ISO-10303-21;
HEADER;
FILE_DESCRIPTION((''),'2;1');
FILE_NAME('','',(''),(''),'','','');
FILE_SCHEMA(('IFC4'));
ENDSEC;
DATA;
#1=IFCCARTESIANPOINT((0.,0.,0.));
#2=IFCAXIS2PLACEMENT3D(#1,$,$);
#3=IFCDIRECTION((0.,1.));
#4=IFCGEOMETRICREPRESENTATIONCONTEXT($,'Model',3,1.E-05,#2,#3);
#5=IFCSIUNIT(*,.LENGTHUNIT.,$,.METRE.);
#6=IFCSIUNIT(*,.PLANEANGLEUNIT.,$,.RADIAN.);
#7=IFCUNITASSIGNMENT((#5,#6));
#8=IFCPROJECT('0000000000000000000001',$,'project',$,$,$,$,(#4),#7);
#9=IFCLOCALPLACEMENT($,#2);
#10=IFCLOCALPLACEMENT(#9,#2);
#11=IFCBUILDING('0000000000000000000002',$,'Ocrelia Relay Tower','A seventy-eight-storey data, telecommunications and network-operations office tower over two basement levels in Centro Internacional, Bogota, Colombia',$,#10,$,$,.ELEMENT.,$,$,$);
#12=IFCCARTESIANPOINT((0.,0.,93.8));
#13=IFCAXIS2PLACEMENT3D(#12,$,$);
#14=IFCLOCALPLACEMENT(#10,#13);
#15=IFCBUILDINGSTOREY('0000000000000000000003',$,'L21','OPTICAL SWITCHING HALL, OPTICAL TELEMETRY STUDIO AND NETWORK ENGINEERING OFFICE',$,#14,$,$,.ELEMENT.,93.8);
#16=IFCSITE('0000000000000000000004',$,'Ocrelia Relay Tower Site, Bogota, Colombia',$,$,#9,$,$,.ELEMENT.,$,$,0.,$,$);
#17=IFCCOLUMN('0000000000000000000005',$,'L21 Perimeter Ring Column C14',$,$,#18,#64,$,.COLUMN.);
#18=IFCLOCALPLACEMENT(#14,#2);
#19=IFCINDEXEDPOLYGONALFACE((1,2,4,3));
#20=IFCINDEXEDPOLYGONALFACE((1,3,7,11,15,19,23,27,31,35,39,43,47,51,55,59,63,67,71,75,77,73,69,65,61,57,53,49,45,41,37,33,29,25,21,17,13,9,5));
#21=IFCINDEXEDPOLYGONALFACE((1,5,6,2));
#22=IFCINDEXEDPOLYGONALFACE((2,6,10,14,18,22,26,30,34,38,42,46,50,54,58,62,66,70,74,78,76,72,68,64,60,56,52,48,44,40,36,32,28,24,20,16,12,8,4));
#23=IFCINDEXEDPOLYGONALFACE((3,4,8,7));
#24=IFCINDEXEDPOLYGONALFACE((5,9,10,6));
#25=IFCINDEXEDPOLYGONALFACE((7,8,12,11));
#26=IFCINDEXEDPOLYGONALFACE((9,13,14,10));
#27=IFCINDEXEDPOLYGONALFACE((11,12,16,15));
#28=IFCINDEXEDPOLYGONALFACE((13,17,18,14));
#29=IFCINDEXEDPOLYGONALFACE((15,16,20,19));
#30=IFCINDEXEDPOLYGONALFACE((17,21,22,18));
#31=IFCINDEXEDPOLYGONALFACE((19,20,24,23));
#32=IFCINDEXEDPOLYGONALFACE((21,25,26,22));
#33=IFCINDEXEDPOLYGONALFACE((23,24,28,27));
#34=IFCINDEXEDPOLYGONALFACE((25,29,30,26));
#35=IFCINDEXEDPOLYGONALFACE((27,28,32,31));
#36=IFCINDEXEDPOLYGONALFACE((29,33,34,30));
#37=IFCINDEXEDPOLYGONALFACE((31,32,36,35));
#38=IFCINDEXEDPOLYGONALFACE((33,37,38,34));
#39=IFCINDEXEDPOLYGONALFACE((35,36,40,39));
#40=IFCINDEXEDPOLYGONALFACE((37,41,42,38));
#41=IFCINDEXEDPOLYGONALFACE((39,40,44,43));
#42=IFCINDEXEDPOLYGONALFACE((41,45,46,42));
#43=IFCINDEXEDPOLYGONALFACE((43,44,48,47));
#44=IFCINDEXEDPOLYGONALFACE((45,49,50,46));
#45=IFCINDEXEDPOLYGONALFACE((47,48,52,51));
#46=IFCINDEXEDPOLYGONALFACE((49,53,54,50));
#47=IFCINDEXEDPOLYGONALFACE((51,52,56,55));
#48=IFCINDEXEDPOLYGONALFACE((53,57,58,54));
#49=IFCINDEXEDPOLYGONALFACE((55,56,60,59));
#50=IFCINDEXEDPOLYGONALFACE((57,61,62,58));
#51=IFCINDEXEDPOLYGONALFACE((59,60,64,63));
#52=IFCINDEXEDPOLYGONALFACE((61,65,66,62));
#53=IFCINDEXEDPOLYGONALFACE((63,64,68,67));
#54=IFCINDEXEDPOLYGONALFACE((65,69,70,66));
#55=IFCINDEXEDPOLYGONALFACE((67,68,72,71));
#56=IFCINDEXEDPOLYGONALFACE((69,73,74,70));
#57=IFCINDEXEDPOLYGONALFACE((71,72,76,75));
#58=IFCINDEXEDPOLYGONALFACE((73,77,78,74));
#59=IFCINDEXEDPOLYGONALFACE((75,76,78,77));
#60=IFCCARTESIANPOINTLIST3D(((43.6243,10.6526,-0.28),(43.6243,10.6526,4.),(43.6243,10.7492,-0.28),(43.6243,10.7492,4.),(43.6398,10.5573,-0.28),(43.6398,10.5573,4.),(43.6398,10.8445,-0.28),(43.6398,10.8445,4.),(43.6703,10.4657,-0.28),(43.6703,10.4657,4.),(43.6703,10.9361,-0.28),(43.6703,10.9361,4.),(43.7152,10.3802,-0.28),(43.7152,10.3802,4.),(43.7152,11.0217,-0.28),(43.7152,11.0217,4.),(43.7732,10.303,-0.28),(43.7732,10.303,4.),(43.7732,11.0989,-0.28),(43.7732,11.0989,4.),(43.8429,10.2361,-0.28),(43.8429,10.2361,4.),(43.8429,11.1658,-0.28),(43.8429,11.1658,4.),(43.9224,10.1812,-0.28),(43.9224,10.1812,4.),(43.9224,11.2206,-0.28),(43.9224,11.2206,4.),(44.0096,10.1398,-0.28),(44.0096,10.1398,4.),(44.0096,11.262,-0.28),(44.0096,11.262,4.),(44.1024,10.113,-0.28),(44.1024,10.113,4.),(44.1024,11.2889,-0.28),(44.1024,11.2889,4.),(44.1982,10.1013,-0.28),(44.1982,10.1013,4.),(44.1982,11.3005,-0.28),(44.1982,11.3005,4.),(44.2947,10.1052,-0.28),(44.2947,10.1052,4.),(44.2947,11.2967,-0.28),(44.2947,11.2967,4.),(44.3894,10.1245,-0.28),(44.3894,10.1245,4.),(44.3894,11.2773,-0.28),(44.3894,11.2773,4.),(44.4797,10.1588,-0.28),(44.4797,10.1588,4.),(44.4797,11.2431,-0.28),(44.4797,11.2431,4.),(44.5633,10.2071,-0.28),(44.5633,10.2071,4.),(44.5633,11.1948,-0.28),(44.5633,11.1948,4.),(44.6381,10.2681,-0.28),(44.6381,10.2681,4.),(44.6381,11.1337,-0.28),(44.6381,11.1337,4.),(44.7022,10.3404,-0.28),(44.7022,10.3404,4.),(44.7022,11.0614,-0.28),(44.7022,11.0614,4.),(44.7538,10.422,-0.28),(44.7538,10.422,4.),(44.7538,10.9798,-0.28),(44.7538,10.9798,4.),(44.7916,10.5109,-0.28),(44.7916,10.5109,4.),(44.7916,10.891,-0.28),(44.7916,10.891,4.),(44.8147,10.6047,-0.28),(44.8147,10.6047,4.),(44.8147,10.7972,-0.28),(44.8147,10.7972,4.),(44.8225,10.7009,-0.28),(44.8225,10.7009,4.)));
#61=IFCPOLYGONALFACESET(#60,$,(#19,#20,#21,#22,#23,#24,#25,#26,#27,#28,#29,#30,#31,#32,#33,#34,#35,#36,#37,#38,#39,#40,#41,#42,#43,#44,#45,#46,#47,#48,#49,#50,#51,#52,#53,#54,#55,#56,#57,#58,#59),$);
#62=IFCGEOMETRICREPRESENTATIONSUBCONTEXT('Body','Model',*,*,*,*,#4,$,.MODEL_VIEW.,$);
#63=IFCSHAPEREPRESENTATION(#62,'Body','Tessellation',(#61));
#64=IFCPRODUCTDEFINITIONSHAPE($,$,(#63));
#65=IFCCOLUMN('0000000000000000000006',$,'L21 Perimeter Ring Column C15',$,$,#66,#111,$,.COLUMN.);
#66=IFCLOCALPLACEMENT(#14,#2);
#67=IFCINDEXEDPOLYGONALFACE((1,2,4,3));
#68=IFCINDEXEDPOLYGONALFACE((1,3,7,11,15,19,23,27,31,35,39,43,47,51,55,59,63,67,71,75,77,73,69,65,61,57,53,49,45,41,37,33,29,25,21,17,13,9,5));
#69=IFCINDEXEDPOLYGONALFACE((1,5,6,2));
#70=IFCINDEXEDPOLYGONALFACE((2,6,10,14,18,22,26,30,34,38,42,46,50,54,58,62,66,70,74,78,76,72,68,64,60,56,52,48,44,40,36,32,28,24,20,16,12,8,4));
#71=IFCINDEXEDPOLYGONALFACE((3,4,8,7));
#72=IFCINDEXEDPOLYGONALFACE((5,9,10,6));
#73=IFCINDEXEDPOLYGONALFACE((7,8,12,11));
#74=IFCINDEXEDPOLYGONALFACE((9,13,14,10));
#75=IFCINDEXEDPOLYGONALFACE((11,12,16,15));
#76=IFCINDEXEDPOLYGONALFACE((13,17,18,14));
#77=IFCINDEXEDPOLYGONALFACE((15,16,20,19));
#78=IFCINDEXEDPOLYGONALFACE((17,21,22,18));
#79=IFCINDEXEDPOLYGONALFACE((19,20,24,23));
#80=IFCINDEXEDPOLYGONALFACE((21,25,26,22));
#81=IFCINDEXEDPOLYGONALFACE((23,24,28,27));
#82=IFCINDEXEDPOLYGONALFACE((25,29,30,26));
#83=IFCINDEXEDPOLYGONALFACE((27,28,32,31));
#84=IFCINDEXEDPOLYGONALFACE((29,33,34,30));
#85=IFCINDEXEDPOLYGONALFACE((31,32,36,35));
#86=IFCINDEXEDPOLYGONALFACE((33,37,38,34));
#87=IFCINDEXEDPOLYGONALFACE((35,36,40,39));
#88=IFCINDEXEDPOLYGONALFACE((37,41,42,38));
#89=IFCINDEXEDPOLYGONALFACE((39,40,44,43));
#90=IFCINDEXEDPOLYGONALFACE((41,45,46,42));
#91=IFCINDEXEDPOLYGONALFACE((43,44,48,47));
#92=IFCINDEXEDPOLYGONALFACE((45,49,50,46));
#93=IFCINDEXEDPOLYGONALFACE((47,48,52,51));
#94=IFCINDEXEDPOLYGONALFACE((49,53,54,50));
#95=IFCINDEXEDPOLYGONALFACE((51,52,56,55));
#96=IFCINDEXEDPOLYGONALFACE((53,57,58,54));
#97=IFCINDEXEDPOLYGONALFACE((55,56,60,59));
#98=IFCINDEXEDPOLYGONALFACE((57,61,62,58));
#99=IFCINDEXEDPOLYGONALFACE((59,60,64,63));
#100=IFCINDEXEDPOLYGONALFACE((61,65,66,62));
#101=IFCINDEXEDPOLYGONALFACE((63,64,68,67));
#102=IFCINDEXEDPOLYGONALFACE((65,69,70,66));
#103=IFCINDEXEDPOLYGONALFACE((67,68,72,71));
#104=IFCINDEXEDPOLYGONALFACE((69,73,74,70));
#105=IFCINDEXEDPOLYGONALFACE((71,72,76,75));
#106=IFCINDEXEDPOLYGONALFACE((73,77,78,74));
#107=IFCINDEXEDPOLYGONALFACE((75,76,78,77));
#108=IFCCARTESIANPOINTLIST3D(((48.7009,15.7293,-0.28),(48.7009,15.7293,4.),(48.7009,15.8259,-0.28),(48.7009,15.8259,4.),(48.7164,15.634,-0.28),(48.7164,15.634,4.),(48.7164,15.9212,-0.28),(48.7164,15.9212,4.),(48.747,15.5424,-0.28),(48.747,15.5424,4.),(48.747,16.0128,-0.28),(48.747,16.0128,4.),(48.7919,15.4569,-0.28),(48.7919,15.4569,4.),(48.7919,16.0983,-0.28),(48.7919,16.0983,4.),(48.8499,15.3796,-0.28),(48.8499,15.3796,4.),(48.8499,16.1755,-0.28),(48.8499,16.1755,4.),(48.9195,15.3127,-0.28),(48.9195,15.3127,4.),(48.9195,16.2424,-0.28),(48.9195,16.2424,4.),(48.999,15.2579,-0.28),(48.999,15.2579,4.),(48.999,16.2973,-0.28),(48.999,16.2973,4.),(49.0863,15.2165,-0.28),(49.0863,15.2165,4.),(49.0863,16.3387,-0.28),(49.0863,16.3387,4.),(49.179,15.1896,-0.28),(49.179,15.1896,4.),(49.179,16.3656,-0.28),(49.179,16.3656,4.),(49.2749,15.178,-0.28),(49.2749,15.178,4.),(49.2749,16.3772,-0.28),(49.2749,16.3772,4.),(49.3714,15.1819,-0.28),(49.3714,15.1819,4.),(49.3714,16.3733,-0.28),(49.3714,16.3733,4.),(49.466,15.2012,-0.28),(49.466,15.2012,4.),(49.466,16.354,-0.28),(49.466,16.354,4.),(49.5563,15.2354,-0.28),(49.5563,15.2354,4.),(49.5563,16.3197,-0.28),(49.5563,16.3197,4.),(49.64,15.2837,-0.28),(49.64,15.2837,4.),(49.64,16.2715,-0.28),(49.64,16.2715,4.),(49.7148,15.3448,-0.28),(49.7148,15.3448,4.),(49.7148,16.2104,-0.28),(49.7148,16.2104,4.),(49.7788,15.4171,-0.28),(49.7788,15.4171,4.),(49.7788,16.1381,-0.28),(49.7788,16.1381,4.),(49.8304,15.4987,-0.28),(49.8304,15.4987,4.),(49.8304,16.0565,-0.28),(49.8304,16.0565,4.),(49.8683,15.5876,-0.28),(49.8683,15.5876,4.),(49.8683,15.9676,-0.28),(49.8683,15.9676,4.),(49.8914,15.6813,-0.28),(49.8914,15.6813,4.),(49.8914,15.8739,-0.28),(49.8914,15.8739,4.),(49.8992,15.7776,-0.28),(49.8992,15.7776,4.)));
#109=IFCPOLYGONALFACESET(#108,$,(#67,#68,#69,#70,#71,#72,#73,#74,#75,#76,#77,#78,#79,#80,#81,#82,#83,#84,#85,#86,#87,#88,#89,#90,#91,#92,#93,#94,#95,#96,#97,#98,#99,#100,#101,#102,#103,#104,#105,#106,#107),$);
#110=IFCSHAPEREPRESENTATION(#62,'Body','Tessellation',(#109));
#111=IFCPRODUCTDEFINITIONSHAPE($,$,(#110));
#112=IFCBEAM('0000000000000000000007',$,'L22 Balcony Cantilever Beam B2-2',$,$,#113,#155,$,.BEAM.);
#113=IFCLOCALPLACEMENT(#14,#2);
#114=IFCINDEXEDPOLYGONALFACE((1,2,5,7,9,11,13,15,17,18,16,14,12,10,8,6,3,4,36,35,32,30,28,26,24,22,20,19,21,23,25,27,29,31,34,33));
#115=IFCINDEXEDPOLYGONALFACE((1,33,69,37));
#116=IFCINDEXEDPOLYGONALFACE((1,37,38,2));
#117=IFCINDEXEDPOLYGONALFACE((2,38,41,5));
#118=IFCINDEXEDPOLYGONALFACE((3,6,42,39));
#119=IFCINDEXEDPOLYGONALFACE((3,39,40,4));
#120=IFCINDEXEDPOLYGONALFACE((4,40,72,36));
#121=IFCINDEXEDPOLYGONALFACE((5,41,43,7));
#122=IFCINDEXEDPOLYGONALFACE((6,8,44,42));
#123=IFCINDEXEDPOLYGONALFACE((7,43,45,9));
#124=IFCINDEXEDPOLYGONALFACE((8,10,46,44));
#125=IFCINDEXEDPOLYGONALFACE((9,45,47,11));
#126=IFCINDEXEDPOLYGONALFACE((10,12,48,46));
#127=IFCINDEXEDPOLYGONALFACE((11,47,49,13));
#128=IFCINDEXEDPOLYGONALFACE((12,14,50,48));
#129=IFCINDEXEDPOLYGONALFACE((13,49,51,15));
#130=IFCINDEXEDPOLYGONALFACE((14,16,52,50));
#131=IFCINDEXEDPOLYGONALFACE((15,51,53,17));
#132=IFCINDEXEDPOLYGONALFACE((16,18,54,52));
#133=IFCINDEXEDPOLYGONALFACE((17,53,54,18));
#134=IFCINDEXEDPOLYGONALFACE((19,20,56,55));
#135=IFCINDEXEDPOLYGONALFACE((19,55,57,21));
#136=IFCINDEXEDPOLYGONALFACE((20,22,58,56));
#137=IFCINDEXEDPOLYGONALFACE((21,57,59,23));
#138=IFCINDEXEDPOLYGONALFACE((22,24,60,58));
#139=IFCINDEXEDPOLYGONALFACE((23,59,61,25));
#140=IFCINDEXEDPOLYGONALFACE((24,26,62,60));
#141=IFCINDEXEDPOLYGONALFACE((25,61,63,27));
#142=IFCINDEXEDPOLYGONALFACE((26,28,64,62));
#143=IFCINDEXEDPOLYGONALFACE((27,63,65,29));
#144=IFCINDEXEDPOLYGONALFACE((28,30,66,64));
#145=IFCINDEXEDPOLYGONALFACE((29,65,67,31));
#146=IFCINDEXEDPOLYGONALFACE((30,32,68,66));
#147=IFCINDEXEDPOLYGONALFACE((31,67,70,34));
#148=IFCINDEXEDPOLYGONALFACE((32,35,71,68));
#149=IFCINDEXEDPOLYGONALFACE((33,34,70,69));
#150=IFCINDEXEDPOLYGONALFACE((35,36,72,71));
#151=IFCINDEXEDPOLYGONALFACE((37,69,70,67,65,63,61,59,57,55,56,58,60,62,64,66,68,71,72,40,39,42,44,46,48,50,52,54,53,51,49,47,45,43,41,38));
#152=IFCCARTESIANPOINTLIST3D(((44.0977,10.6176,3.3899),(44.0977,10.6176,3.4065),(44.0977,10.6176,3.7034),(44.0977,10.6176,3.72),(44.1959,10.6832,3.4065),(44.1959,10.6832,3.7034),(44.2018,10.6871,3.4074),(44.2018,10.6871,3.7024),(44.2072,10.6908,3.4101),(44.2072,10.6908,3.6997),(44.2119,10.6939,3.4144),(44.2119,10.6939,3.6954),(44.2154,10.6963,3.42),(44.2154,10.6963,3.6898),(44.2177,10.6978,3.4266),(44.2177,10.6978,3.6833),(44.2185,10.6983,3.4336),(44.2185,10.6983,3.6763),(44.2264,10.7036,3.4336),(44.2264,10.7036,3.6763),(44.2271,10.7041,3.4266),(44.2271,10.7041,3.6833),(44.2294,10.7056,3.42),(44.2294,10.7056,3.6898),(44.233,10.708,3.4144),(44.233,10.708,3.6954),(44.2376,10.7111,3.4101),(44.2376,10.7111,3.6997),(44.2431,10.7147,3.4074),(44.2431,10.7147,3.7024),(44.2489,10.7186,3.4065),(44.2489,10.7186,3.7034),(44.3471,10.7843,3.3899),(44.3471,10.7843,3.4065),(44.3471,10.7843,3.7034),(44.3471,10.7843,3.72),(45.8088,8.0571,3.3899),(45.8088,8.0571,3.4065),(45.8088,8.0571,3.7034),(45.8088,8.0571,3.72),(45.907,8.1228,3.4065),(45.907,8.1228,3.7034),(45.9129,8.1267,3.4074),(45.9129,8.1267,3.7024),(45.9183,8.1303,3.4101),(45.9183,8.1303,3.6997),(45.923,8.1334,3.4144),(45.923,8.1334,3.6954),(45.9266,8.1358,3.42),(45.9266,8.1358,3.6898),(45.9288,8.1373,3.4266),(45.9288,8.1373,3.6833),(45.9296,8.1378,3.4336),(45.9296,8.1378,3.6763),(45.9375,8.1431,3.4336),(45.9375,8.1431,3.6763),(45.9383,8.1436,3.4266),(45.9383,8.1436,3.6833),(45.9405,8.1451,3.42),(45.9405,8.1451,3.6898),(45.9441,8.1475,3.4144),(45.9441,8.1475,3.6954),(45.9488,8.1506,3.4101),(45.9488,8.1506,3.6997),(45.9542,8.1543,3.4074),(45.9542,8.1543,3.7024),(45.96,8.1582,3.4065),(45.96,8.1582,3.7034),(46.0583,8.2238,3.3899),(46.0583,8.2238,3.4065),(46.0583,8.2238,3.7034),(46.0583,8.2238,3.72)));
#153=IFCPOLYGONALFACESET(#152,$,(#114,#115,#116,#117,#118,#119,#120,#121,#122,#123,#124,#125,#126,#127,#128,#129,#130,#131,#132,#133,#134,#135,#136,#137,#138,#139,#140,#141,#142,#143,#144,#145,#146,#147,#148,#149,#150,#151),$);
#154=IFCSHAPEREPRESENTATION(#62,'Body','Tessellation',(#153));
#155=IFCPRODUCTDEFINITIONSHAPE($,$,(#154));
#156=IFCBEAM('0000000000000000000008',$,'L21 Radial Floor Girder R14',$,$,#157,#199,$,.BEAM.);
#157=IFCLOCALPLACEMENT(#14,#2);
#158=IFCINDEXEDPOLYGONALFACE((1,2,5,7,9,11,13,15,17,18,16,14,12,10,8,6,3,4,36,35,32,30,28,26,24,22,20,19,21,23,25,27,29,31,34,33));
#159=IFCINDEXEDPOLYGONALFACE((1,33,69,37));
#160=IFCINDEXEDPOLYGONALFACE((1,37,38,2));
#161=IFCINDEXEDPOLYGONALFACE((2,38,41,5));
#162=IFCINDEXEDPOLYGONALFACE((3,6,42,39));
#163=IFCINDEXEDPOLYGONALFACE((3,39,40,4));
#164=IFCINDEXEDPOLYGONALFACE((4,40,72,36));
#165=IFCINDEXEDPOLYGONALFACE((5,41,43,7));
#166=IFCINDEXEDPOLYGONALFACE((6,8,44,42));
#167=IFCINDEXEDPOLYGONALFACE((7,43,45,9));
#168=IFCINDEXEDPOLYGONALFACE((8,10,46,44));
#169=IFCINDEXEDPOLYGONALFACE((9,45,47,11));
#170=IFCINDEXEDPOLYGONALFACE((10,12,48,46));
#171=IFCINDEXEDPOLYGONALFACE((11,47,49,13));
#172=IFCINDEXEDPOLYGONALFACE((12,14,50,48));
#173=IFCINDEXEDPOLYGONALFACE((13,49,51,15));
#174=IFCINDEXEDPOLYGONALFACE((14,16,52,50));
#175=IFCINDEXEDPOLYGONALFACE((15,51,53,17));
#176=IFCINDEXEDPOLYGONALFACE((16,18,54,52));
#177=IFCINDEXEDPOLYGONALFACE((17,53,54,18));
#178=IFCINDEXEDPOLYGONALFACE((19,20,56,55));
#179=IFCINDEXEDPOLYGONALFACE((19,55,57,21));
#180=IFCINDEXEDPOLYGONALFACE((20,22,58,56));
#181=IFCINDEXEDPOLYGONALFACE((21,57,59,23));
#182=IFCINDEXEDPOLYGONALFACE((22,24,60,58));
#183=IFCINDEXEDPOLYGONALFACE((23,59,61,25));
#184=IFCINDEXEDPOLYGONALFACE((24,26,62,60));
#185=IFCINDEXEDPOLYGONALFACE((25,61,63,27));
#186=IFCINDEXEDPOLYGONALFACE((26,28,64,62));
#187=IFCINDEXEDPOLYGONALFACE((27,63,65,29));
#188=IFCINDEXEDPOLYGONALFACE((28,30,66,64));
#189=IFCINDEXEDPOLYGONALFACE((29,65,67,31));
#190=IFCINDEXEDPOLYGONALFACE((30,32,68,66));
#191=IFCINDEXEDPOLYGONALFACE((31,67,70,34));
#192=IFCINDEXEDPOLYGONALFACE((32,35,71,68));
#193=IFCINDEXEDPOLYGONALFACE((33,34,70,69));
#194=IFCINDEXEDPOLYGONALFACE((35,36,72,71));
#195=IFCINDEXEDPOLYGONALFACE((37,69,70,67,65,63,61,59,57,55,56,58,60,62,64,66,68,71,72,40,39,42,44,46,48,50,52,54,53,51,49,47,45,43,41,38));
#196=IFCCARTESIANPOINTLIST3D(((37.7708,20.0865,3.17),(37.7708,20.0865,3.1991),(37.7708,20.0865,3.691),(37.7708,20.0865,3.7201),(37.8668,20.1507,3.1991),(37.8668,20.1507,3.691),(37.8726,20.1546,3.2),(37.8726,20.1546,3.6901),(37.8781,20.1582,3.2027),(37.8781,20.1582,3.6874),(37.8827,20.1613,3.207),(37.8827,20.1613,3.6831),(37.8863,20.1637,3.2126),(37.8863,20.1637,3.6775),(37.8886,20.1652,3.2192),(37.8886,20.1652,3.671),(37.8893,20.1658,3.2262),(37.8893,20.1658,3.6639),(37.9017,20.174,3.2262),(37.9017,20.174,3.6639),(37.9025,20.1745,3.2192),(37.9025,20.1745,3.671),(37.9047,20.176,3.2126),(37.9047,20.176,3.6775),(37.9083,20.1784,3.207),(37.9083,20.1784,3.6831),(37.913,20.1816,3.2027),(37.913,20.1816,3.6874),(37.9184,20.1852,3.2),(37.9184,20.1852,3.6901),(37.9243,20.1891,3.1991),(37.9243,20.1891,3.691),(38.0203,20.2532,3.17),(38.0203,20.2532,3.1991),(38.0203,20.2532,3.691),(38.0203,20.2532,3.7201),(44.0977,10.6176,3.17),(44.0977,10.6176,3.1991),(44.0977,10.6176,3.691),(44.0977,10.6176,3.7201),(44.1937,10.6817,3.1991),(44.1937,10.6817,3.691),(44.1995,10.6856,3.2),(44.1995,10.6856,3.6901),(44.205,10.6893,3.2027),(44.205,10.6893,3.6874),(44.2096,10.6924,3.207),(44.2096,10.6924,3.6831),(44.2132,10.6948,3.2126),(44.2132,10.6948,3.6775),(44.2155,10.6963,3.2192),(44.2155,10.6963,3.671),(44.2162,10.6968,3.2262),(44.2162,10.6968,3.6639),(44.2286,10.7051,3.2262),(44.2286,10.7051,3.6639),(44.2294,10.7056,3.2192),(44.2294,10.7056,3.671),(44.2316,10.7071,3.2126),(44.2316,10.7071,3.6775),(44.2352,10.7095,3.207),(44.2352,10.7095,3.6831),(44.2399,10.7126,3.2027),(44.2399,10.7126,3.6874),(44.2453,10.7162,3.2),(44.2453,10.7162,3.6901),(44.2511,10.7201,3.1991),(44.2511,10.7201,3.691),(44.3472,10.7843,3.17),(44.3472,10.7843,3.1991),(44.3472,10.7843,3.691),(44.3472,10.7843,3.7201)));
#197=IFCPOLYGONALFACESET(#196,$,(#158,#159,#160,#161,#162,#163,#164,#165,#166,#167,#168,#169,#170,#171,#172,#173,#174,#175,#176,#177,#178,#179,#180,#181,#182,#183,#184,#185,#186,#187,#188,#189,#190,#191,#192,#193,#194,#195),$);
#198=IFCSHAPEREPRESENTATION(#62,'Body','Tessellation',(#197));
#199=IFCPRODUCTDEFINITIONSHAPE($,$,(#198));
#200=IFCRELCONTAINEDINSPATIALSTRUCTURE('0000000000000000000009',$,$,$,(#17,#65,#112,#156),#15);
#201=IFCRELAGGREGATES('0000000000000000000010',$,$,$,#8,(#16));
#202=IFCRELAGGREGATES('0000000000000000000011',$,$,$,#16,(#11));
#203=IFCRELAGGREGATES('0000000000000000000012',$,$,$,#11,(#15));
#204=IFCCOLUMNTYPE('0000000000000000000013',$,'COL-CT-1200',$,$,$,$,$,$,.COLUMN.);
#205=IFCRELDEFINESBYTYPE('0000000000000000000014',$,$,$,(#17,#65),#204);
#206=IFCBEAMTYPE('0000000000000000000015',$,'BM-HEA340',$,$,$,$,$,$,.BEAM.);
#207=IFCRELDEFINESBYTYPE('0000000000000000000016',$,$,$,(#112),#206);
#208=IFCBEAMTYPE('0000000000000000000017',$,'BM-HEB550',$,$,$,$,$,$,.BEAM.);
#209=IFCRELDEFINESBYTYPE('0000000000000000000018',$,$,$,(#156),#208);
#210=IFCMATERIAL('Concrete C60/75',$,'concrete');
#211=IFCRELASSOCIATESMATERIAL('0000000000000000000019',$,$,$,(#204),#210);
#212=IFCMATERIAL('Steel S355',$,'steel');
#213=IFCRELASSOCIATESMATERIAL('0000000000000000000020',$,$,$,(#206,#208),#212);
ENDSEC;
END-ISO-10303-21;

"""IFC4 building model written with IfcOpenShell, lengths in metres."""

from ifc_helpers import new_model, si_unit, direction, frame, origin, origin_2d, place, context, subcontext, project, spatial, circle, i_section, extrude, material, material_profile, profile_set, type_object, element, save


model = new_model("IFC4")

# Units and contexts
model_context = context("Model", 3, precision=1e-05, world=origin(), true_north=direction((0.0, 1.0)))
body_context = subcontext(model_context, "Body", "Model", "MODEL_VIEW")
ifc_project = project(units=[si_unit("LENGTHUNIT", "METRE"), si_unit("PLANEANGLEUNIT", "RADIAN")], contexts=[model_context])

# Site, building, storey
site_placement = place(None, origin())
site = spatial("IfcSite", under=ifc_project, at=site_placement, Name="Ocrelia Relay Tower Site, Bogota, Colombia", CompositionType="ELEMENT", RefElevation=0.0)
building_placement = place(site_placement, origin())
building = spatial("IfcBuilding", under=site, at=building_placement, Name="Ocrelia Relay Tower", Description="A seventy-eight-storey data, telecommunications and network-operations office tower over two basement levels in Centro Internacional, Bogota, Colombia", CompositionType="ELEMENT")
storey_placement = place(building_placement, frame((0.0, 0.0, 93.8)))
storey = spatial("IfcBuildingStorey", under=building, at=storey_placement, Name="L21", Description="OPTICAL SWITCHING HALL, OPTICAL TELEMETRY STUDIO AND NETWORK ENGINEERING OFFICE", CompositionType="ELEMENT", Elevation=93.8)

# Columns
ifc_material_1 = material(Name="Concrete C60/75", Category="concrete")
ifc_material_profile_1 = material_profile(ifc_material_1, circle(Radius=0.6001, at=origin_2d()), Name="RC-CIR-1200")
ifc_profile_set_1 = profile_set([ifc_material_profile_1], Name="Concrete C60/75")
column_type = type_object("IfcColumnType", Name="COL-CT-1200", PredefinedType="COLUMN", material=ifc_profile_set_1)
for number, where, z_axis, x_axis, name in (
    (1, (44.2224, 10.7009, -0.28), (0.0, 0.0, 1.0), (1.0, 0.0, 0.0), "L21 Perimeter Ring Column C14"),
    (2, (49.2991, 15.7776, -0.28), (0.0, 0.0, 1.0), (1.0, 0.0, 0.0), "L21 Perimeter Ring Column C15"),
):
    element("IfcColumn", number, at=place(storey_placement, frame(where, z_axis=z_axis, x_axis=x_axis)), inside=storey, type_object=column_type, Name=name, PredefinedType="COLUMN", context=body_context, shape_type="SweptSolid", body=[
        extrude(circle(Radius=0.6001, at=origin_2d()), origin(), (0.0, 0.0, 1.0), 4.28),
    ])

# Beams
ifc_material_2 = material(Name="Steel S355", Category="steel")
ifc_material_profile_2 = material_profile(ifc_material_2, i_section(OverallWidth=0.3, OverallDepth=0.3301, WebThickness=0.0095, FlangeThickness=0.0166, FilletRadius=0.0271, at=origin_2d()), Name="HEA 340")
ifc_profile_set_2 = profile_set([ifc_material_profile_2], Name="Steel S355")
beam_type_1 = type_object("IfcBeamType", Name="BM-HEA340", PredefinedType="BEAM", material=ifc_profile_set_2)
beam_1_placement = place(storey_placement, frame((44.2224, 10.7009, 3.5549), z_axis=(0.555633, -0.831428, 0.0), x_axis=(0.831428, 0.555633, 0.0)))
element("IfcBeam", 3, at=beam_1_placement, inside=storey, type_object=beam_type_1, Name="L22 Balcony Cantilever Beam B2-2", PredefinedType="BEAM", context=body_context, shape_type="SweptSolid", body=[
    extrude(i_section(OverallWidth=0.3, OverallDepth=0.3301, WebThickness=0.0095, FlangeThickness=0.0166, FilletRadius=0.0271, at=origin_2d()), origin(), (0.0, 0.0, 1.0), 3.0796),
])
ifc_material_profile_3 = material_profile(ifc_material_2, i_section(OverallWidth=0.3, OverallDepth=0.55, WebThickness=0.0149, FlangeThickness=0.0291, FilletRadius=0.0271, at=origin_2d()), Name="HEB 550")
ifc_profile_set_3 = profile_set([ifc_material_profile_3], Name="Steel S355")
beam_type_2 = type_object("IfcBeamType", Name="BM-HEB550", PredefinedType="BEAM", material=ifc_profile_set_3)
beam_2_placement = place(storey_placement, frame((44.2224, 10.7009, 3.4451), z_axis=(-0.555566, 0.831473, 0.0), x_axis=(-0.831473, -0.555566, 0.0)))
element("IfcBeam", 4, at=beam_2_placement, inside=storey, type_object=beam_type_2, Name="L21 Radial Floor Girder R14", PredefinedType="BEAM", context=body_context, shape_type="SweptSolid", body=[
    extrude(i_section(OverallWidth=0.3, OverallDepth=0.55, WebThickness=0.0149, FlangeThickness=0.0291, FilletRadius=0.0271, at=origin_2d()), origin(), (0.0, 0.0, 1.0), 11.3882),
])

save(model, "model.ifc")
